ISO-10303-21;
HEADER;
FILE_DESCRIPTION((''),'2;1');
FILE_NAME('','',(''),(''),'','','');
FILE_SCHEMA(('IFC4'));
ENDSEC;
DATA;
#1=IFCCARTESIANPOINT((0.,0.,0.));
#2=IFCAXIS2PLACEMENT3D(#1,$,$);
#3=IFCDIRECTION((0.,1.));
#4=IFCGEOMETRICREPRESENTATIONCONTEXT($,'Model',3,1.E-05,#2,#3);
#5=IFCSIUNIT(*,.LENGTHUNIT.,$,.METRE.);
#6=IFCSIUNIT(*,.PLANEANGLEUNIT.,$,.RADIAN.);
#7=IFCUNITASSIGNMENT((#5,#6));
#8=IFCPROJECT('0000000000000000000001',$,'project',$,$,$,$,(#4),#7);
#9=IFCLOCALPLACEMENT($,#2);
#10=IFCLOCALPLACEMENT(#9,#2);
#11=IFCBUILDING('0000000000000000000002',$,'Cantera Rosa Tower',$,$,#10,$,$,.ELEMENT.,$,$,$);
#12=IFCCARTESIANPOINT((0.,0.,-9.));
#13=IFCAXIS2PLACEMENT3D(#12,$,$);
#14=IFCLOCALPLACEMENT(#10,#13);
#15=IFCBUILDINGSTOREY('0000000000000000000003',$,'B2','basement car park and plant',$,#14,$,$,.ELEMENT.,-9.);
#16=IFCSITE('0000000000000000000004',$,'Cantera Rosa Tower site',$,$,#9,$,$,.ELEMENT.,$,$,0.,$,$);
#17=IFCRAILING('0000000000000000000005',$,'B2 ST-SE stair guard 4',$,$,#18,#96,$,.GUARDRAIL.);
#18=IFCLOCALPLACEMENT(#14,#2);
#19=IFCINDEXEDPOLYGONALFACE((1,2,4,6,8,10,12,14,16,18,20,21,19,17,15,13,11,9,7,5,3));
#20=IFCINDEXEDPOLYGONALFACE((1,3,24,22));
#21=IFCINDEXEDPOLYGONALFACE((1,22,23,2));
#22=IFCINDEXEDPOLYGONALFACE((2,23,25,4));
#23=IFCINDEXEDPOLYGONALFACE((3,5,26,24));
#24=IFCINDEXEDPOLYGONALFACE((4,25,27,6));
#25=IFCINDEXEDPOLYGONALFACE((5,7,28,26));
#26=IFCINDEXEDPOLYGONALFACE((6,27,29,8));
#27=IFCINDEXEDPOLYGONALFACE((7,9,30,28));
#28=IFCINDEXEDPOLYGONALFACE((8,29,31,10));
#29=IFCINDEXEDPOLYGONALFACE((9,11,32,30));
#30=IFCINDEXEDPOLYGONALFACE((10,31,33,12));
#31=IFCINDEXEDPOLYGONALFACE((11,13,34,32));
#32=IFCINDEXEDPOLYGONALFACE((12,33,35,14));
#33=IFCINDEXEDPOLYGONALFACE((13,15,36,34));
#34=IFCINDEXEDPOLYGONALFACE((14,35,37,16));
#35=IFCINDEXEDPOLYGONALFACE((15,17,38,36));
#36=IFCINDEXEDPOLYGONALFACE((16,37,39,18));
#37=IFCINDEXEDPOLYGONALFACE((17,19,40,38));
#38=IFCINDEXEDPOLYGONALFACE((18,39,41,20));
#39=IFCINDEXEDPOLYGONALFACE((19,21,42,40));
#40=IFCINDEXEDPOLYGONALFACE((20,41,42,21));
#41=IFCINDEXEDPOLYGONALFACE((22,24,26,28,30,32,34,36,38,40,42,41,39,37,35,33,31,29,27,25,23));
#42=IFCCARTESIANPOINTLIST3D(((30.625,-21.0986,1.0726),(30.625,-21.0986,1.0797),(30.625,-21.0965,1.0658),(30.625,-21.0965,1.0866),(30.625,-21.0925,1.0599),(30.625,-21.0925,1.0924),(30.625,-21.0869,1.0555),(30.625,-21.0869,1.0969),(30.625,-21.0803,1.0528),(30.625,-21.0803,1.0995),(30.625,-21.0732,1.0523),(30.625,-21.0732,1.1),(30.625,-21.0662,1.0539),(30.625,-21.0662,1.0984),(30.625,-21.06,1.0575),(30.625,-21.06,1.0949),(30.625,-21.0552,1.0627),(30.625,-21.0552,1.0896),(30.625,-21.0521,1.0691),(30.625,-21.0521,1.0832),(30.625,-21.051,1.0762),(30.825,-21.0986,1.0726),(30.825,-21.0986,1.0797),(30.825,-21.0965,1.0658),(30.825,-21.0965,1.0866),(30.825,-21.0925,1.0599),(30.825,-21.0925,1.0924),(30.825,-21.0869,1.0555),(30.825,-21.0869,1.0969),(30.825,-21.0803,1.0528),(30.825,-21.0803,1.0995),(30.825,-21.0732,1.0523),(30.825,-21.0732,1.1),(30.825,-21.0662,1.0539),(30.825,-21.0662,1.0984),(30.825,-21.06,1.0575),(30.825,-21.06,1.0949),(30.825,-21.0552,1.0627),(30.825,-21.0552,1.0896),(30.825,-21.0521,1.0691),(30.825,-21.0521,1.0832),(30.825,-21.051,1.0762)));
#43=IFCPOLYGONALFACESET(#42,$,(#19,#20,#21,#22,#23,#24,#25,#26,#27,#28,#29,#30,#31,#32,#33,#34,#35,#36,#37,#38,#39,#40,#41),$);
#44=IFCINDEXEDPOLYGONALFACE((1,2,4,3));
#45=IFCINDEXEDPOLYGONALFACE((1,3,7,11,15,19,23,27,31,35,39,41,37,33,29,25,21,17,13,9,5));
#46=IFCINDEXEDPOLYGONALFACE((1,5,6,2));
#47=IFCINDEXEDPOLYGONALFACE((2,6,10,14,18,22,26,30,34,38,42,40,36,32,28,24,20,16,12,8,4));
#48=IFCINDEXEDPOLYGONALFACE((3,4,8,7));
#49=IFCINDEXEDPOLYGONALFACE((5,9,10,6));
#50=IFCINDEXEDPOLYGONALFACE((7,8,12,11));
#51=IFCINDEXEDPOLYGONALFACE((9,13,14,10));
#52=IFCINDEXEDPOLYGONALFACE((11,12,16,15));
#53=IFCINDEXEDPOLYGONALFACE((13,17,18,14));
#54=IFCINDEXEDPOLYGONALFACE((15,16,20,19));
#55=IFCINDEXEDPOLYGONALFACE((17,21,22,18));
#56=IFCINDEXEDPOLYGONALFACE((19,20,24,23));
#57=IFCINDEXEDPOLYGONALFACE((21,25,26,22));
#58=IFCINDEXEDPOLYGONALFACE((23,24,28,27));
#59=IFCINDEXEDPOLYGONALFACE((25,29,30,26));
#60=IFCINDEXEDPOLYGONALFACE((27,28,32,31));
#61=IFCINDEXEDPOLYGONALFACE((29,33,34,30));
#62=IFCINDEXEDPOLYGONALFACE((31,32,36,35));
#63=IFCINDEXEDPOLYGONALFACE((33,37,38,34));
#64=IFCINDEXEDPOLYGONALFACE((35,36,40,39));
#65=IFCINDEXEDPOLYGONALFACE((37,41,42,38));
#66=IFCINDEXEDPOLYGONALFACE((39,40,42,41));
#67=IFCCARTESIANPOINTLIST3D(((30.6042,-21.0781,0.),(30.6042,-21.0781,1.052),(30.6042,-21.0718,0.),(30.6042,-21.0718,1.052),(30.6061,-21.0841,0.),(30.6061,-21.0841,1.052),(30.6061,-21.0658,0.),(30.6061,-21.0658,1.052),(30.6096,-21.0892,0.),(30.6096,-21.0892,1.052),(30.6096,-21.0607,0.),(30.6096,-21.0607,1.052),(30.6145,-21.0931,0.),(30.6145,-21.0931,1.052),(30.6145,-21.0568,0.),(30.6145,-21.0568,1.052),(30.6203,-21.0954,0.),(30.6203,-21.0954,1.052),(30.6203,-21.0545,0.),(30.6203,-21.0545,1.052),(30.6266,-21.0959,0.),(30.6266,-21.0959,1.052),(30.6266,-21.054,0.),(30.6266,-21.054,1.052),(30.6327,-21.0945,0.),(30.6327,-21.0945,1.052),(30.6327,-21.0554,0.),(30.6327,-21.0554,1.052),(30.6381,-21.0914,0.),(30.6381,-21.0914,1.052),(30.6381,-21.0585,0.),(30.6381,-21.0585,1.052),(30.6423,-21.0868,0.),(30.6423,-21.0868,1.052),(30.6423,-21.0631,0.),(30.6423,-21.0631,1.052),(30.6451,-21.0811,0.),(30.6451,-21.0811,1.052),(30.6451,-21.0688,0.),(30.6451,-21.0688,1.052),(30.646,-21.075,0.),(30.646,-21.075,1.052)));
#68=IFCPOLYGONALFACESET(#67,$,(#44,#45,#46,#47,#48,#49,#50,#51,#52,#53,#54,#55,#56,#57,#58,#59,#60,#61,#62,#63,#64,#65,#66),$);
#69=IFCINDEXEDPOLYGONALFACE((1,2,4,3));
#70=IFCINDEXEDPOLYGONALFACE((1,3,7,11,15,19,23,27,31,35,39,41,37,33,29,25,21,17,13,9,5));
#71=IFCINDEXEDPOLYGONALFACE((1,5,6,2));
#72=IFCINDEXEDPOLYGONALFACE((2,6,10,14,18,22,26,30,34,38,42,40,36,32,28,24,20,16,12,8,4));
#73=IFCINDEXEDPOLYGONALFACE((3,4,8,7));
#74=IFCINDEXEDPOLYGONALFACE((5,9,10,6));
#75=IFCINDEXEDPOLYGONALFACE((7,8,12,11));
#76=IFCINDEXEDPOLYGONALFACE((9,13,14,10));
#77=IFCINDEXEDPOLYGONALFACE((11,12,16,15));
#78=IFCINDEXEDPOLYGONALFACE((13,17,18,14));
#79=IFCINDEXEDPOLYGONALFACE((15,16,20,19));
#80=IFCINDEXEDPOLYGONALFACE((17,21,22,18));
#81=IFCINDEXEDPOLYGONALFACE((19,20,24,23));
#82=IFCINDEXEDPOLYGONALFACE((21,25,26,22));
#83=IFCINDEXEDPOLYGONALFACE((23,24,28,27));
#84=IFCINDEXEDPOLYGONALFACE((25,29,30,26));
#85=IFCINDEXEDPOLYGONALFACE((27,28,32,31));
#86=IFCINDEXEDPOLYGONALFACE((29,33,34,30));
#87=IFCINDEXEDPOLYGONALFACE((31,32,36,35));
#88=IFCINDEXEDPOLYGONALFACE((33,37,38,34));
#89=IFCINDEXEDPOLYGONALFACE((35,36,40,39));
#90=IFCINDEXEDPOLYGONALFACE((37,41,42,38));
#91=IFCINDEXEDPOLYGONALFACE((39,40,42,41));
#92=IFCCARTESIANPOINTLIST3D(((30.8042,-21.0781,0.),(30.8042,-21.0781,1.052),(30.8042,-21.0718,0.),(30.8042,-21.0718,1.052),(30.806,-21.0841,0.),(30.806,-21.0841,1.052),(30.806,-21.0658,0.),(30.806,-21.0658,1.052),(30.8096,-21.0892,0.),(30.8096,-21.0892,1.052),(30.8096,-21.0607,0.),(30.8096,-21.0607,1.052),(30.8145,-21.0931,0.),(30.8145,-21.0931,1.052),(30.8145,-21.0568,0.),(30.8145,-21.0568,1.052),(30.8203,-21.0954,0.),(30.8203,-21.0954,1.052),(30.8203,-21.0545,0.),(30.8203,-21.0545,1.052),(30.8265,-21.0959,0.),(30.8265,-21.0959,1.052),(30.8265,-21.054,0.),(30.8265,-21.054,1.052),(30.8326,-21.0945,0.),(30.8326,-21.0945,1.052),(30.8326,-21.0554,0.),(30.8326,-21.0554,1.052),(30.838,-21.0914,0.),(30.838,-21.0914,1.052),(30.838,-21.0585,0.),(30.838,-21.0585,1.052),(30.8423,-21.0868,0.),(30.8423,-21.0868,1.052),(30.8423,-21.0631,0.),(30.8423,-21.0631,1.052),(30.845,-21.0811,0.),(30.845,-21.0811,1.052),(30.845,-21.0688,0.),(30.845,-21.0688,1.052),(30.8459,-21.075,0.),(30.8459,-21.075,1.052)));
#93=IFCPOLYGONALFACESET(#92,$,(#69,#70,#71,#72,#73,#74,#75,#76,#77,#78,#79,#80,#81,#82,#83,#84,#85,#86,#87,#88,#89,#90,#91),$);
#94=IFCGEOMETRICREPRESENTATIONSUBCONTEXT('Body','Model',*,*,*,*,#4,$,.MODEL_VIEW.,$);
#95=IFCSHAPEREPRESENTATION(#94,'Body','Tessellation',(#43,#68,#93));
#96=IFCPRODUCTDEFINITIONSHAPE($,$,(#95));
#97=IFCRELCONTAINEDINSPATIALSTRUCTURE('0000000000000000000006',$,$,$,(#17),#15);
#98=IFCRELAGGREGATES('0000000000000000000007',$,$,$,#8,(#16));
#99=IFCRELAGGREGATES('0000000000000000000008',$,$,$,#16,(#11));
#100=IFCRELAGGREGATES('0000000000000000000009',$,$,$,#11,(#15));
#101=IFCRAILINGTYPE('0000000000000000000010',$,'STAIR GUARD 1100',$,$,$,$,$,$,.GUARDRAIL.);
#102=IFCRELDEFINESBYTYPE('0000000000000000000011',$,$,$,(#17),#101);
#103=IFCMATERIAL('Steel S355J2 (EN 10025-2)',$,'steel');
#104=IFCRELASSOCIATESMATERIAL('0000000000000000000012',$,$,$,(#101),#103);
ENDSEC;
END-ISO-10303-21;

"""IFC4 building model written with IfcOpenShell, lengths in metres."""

from ifc_helpers import new_model, si_unit, direction, frame, origin, origin_2d, place, context, subcontext, project, spatial, circle, extrude, material, type_object, element, save


model = new_model("IFC4")

# Units and contexts
model_context = context("Model", 3, precision=1e-05, world=origin(), true_north=direction((0.0, 1.0)))
body_context = subcontext(model_context, "Body", "Model", "MODEL_VIEW")
ifc_project = project(units=[si_unit("LENGTHUNIT", "METRE"), si_unit("PLANEANGLEUNIT", "RADIAN")], contexts=[model_context])

# Site, building, storey
site_placement = place(None, origin())
site = spatial("IfcSite", under=ifc_project, at=site_placement, Name="Cantera Rosa Tower site", CompositionType="ELEMENT", RefElevation=0.0)
building_placement = place(site_placement, origin())
building = spatial("IfcBuilding", under=site, at=building_placement, Name="Cantera Rosa Tower", CompositionType="ELEMENT")
storey_placement = place(building_placement, frame((0.0, 0.0, -9.0)))
storey = spatial("IfcBuildingStorey", under=building, at=storey_placement, Name="B2", Description="basement car park and plant", CompositionType="ELEMENT", Elevation=-9.0)

# Railing
ifc_material_1 = material(Name="Steel S355J2 (EN 10025-2)", Category="steel")
railing_type_1 = type_object("IfcRailingType", Name="STAIR GUARD 1100", PredefinedType="GUARDRAIL", material=ifc_material_1)
railing_1_placement = place(storey_placement, frame((30.625, -21.075, 0.0)))
element("IfcRailing", 1, at=railing_1_placement, inside=storey, type_object=railing_type_1, Name="B2 ST-SE stair guard 4", PredefinedType="GUARDRAIL", context=body_context, shape_type="SweptSolid", body=[
    extrude(circle(Radius=0.0239, at=origin_2d()), frame((0.0, 0.0, 1.0762), z_axis=(1.0, 0.0, 0.0), x_axis=(0.0, 1.0, 0.0)), (0.0, 0.0, 1.0), 0.2),
    extrude(circle(Radius=0.021, at=origin_2d()), origin(), (0.0, 0.0, 1.0), 1.052),
    extrude(circle(Radius=0.021, at=origin_2d()), frame((0.2, 0.0, 0.0)), (0.0, 0.0, 1.0), 1.052),
])

save(model, "model.ifc")
